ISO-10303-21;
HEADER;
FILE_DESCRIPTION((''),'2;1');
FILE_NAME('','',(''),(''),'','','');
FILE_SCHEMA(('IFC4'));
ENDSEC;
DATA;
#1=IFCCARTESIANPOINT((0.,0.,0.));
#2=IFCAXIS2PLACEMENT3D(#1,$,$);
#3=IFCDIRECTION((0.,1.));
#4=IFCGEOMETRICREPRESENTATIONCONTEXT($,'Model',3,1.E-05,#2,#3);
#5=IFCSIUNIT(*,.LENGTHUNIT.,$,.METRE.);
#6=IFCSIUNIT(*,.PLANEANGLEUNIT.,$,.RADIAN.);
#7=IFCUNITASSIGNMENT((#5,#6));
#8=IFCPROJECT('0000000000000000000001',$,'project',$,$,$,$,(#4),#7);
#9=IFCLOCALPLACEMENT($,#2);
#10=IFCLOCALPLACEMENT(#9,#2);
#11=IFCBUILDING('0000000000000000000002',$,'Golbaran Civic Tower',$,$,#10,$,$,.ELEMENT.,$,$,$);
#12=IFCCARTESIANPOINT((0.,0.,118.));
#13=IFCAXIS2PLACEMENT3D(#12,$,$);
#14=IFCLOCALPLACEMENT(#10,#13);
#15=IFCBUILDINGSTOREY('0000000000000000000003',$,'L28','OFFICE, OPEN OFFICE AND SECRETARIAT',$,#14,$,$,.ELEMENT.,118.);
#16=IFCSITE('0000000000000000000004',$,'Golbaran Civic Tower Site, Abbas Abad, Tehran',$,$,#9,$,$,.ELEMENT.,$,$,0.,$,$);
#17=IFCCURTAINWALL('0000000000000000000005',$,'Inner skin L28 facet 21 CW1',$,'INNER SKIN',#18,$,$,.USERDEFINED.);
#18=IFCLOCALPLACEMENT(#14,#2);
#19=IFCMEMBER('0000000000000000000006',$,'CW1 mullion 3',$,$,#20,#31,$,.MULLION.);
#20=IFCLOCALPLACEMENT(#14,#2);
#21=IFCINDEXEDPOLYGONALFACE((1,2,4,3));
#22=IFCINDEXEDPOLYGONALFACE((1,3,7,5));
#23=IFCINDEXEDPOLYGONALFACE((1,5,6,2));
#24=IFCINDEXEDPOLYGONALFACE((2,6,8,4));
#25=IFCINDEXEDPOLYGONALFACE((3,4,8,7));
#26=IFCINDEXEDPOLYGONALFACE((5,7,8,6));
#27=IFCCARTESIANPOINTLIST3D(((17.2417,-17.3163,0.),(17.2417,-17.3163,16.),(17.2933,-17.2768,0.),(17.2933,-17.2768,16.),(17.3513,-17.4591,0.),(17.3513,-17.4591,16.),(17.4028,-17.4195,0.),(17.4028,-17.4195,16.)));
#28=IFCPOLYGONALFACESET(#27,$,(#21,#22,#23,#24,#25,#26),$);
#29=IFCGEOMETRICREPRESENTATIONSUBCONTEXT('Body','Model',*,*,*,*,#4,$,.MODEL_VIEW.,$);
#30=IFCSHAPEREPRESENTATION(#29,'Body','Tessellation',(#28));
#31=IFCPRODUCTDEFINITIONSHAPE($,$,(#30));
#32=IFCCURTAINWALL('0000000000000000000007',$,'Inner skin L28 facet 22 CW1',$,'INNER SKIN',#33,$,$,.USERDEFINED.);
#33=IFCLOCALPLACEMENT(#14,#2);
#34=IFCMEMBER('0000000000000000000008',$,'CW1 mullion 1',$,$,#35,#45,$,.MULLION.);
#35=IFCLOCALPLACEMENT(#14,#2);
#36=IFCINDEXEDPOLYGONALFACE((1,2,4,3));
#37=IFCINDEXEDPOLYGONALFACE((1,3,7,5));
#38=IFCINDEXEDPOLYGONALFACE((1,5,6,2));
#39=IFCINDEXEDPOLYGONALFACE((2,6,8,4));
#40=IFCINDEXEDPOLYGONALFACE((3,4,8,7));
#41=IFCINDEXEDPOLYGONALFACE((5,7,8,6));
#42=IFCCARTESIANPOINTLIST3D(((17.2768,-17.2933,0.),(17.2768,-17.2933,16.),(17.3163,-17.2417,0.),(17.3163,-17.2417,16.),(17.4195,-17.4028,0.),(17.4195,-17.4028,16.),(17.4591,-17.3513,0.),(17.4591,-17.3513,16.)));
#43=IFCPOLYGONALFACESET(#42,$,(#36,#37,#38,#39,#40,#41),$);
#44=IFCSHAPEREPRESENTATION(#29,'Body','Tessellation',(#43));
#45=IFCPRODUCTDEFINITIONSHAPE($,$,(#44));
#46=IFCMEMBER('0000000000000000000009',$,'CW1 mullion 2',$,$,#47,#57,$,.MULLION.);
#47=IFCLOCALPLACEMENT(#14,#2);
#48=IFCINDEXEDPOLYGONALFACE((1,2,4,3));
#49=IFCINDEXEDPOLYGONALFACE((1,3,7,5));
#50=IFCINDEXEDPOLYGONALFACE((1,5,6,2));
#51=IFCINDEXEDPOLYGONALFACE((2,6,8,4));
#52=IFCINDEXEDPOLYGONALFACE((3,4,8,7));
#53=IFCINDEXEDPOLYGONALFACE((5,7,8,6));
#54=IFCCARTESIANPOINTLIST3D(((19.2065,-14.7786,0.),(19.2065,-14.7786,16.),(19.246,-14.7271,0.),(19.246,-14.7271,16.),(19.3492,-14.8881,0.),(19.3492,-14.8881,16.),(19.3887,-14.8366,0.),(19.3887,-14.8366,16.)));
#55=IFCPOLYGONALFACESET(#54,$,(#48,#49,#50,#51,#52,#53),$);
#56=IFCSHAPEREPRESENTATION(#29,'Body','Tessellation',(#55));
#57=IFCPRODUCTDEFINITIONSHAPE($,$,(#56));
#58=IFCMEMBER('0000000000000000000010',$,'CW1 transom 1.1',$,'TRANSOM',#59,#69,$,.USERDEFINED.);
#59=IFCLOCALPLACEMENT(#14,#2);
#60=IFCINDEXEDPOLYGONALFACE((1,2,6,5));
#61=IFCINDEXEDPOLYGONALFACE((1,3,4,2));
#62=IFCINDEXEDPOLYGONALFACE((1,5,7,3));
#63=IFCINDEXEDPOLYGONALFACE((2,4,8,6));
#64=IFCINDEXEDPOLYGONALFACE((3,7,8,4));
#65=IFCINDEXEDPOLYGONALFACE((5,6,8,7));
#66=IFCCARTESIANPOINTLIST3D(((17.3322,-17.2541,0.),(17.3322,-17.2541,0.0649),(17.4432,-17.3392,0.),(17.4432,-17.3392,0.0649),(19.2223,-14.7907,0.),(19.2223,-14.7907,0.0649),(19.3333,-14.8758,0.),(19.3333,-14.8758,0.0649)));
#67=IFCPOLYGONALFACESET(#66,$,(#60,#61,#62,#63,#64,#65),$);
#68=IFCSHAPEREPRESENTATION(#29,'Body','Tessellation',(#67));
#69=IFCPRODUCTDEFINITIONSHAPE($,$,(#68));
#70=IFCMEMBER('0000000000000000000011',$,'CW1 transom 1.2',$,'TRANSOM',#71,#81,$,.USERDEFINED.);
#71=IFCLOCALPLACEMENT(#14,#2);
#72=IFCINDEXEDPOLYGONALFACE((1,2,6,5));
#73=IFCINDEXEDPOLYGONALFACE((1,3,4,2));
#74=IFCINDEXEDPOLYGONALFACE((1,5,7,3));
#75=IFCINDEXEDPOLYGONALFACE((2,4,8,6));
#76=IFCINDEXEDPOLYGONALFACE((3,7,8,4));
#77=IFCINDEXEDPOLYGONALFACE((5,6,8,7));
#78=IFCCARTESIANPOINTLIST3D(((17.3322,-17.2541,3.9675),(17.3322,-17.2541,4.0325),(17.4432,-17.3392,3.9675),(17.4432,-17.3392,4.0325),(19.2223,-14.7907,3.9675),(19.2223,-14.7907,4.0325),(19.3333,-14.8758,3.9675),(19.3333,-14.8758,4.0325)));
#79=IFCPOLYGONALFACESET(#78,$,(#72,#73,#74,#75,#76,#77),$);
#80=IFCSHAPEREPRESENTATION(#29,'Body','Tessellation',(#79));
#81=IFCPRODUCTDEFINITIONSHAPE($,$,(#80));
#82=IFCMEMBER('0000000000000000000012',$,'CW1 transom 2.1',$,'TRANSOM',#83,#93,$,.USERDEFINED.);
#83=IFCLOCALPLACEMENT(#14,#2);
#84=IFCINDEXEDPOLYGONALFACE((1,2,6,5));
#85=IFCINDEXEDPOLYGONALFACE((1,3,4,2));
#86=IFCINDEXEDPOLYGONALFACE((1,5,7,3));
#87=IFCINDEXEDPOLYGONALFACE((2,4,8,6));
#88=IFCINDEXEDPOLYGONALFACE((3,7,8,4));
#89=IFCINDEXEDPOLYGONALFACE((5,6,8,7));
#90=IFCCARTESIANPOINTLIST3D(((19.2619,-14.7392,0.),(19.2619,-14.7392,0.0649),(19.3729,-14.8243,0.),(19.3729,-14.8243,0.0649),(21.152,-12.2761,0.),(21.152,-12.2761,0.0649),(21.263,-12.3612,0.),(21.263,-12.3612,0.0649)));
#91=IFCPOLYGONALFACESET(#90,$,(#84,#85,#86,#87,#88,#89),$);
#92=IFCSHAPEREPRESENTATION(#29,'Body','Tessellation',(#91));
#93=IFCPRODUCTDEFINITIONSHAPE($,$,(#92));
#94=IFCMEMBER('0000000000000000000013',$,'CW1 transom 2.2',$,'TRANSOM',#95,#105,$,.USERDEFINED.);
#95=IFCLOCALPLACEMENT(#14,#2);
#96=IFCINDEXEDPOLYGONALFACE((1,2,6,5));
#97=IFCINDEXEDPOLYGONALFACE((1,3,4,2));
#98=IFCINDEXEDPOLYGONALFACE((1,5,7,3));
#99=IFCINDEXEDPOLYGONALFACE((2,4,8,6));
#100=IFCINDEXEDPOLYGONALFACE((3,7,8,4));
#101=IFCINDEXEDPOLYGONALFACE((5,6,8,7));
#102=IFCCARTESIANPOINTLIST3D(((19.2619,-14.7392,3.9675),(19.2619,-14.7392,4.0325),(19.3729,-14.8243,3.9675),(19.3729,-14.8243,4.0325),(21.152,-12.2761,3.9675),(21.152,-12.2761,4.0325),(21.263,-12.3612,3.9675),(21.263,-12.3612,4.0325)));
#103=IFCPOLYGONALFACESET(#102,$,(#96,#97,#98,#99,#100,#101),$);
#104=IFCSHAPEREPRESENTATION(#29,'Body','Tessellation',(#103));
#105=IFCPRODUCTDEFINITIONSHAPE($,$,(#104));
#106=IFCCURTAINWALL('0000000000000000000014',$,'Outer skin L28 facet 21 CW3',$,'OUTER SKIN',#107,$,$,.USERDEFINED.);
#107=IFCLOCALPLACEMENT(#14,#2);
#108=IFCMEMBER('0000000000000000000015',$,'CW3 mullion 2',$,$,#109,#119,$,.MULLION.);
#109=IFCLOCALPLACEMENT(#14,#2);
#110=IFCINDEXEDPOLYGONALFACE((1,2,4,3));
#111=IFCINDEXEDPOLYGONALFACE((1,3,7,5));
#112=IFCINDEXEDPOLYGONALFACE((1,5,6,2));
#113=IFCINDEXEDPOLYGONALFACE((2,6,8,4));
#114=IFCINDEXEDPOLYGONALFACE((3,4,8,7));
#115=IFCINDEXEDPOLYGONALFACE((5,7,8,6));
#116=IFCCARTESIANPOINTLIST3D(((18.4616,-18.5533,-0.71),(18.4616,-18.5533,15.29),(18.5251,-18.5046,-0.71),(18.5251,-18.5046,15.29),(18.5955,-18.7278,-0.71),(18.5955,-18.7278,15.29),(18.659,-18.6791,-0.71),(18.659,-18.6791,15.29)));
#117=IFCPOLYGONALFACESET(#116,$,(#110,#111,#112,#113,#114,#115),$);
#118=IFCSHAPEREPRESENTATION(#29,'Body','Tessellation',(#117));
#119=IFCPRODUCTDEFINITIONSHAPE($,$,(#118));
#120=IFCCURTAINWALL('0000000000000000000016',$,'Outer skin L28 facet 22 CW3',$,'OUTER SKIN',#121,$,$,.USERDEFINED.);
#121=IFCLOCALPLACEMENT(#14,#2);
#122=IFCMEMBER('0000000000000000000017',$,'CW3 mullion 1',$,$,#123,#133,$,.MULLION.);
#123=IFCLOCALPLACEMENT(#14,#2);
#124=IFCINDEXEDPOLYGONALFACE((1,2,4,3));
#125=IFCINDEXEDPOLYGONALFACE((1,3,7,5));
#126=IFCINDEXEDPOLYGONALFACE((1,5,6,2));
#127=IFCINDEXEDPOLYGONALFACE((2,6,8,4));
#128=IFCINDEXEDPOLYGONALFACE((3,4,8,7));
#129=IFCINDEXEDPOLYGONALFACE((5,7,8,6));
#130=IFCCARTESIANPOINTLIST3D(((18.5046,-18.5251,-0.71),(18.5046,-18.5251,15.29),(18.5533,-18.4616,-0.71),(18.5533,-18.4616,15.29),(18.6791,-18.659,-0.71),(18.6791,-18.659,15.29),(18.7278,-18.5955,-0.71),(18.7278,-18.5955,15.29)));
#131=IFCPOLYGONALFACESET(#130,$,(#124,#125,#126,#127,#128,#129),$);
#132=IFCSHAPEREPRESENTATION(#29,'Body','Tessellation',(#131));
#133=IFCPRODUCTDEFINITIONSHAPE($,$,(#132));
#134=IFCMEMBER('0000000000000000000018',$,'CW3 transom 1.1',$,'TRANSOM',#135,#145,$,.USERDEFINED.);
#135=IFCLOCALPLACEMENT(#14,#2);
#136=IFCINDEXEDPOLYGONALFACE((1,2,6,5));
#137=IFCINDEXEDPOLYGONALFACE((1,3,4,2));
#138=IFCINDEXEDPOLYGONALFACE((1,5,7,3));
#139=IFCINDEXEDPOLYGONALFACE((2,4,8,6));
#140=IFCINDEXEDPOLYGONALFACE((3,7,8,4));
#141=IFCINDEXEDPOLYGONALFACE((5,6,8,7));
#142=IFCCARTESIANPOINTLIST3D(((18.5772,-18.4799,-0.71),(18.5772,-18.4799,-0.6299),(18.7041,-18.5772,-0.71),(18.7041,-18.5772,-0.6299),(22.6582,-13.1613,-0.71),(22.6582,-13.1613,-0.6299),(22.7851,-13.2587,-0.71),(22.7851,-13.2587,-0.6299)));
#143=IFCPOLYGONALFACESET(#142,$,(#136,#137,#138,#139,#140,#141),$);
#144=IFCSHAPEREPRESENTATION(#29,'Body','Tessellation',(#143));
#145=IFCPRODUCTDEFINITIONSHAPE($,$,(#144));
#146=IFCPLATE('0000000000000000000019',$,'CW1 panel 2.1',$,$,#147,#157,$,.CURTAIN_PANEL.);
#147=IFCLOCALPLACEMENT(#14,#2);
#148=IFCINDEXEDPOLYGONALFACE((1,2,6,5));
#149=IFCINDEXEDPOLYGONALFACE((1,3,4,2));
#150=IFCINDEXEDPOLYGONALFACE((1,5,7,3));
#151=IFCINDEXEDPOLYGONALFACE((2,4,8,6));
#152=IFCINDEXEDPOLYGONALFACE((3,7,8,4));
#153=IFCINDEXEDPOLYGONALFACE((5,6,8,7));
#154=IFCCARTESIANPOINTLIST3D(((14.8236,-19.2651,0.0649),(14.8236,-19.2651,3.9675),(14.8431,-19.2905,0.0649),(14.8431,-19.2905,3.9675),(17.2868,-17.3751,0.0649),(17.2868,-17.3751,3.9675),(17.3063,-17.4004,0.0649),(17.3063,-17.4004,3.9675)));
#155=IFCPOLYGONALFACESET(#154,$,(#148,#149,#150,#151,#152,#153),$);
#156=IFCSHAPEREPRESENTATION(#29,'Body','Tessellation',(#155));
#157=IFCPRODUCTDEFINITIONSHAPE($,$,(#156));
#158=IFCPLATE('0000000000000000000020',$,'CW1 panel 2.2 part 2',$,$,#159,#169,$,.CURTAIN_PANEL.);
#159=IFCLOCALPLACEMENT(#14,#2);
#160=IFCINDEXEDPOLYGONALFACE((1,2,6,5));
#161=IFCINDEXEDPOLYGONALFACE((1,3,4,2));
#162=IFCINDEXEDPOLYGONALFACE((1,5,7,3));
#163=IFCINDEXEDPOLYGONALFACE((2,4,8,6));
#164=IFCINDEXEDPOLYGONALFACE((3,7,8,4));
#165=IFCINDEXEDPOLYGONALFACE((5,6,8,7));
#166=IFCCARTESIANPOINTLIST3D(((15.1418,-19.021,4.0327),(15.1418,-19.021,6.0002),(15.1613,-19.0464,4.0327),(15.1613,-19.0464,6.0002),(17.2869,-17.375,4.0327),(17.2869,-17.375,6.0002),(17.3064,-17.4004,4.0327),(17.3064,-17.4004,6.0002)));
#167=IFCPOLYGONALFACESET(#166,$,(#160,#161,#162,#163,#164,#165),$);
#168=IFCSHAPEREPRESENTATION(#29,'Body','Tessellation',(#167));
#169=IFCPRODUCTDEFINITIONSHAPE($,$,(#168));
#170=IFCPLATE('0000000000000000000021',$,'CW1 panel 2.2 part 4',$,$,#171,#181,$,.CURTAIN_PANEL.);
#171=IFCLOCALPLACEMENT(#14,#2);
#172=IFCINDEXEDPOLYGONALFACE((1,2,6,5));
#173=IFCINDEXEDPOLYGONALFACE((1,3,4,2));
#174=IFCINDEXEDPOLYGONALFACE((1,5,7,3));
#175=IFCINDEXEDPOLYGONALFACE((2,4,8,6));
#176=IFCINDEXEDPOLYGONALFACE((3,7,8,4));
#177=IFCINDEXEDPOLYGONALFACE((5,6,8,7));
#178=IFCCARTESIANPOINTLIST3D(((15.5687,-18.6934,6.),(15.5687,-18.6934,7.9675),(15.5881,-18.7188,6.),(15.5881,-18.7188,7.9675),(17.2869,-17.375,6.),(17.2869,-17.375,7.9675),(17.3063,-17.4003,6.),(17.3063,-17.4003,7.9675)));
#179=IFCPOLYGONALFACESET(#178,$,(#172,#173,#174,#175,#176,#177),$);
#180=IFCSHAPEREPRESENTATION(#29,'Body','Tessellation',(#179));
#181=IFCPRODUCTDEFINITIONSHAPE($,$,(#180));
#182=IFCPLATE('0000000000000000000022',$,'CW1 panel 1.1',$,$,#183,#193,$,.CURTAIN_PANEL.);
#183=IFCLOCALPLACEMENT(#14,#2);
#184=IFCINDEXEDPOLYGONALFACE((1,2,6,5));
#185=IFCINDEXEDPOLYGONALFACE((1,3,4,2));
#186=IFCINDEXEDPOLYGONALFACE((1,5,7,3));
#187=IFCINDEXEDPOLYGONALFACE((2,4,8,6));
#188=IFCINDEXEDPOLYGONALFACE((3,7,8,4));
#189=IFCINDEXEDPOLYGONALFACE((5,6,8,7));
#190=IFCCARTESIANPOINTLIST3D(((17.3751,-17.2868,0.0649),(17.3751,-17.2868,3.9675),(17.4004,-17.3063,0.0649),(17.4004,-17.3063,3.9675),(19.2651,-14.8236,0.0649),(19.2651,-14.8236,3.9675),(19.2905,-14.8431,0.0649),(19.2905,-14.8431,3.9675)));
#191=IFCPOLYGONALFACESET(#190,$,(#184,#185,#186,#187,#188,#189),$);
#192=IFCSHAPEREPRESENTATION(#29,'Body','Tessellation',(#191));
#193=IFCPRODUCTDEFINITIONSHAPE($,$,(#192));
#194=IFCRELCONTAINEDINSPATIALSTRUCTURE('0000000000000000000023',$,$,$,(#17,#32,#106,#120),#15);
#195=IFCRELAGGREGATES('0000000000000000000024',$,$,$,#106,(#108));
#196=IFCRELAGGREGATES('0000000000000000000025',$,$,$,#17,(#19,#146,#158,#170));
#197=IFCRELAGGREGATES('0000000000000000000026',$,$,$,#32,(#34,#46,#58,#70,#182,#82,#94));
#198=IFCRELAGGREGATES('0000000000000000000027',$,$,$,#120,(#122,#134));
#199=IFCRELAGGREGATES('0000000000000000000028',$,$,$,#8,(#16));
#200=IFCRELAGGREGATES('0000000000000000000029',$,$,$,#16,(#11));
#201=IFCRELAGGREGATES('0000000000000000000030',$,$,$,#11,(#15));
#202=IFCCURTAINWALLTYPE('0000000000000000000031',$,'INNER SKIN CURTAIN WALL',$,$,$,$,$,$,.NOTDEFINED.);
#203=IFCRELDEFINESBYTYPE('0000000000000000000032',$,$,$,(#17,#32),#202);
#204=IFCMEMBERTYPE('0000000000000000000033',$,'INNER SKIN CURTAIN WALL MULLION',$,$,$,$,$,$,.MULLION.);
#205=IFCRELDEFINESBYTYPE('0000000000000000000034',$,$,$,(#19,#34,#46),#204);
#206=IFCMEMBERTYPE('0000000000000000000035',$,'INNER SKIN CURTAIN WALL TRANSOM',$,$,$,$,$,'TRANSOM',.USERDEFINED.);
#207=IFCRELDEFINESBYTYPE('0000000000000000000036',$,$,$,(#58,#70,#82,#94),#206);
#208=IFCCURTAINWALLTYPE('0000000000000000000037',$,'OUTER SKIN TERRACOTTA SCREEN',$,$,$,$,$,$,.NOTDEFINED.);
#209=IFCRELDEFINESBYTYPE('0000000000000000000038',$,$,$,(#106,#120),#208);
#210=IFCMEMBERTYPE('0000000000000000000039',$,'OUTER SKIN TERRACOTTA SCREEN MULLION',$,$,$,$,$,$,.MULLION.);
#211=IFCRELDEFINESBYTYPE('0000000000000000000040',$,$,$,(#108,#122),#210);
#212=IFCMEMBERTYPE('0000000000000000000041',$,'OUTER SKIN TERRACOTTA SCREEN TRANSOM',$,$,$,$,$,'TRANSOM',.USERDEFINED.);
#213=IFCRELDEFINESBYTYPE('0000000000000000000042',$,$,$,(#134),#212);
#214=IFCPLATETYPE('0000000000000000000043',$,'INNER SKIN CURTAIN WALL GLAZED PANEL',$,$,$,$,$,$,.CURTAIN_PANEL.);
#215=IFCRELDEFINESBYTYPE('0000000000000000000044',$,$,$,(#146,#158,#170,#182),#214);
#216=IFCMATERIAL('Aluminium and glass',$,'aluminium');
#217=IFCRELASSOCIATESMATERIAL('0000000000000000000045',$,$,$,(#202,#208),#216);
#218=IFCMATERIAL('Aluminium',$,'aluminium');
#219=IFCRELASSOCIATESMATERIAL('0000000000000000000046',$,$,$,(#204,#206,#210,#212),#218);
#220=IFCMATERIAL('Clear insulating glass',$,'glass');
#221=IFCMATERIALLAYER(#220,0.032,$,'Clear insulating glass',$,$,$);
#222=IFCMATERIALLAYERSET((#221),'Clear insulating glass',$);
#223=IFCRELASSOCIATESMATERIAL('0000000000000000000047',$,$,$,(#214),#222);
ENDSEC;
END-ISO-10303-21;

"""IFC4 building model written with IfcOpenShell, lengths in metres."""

from ifc_helpers import new_model, si_unit, direction, frame, origin, origin_2d, place, context, subcontext, project, spatial, rectangle, extrude, material, layer, layer_set, material_profile, profile_set, type_object, element, aggregate, save


model = new_model("IFC4")

# Units and contexts
model_context = context("Model", 3, precision=1e-05, world=origin(), true_north=direction((0.0, 1.0)))
body_context = subcontext(model_context, "Body", "Model", "MODEL_VIEW")
ifc_project = project(units=[si_unit("LENGTHUNIT", "METRE"), si_unit("PLANEANGLEUNIT", "RADIAN")], contexts=[model_context])

# Site, building, storey
site_placement = place(None, origin())
site = spatial("IfcSite", under=ifc_project, at=site_placement, Name="Golbaran Civic Tower Site, Abbas Abad, Tehran", CompositionType="ELEMENT", RefElevation=0.0)
building_placement = place(site_placement, origin())
building = spatial("IfcBuilding", under=site, at=building_placement, Name="Golbaran Civic Tower", CompositionType="ELEMENT")
storey_placement = place(building_placement, frame((0.0, 0.0, 118.0)))
storey = spatial("IfcBuildingStorey", under=building, at=storey_placement, Name="L28", Description="OFFICE, OPEN OFFICE AND SECRETARIAT", CompositionType="ELEMENT", Elevation=118.0)

# Curtain wall, member
ifc_material_1 = material(Name="Aluminium and glass", Category="aluminium")
curtain_wall_type_1 = type_object("IfcCurtainWallType", Name="INNER SKIN CURTAIN WALL", PredefinedType="NOTDEFINED", material=ifc_material_1)
curtain_wall_1_placement = place(storey_placement, origin())
curtain_wall_1 = element("IfcCurtainWall", 1, at=curtain_wall_1_placement, inside=storey, type_object=curtain_wall_type_1, Name="Inner skin L28 facet 21 CW1", ObjectType="INNER SKIN", PredefinedType="USERDEFINED")
ifc_material_2 = material(Name="Aluminium", Category="aluminium")
ifc_material_profile_1 = material_profile(ifc_material_2, rectangle(XDim=0.1799, YDim=0.0649, at=origin_2d()), Name="INNER SKIN CURTAIN WALL MULLION")
ifc_profile_set_1 = profile_set([ifc_material_profile_1], Name="Aluminium")
member_type_1 = type_object("IfcMemberType", Name="INNER SKIN CURTAIN WALL MULLION", PredefinedType="MULLION", material=ifc_profile_set_1)
member_1_placement = place(storey_placement, frame((17.3223, -17.3679, 0.0), z_axis=(0.0, 0.0, 1.0), x_axis=(-0.608761, 0.793353, 0.0)))
member_1 = element("IfcMember", 2, at=member_1_placement, type_object=member_type_1, Name="CW1 mullion 3", PredefinedType="MULLION", context=body_context, shape_type="SweptSolid", body=[
    extrude(rectangle(XDim=0.1799, YDim=0.0649, at=origin_2d()), origin(), (0.0, 0.0, 1.0), 16.0),
])

# Curtain wall, members
curtain_wall_2_placement = place(storey_placement, origin())
curtain_wall_2 = element("IfcCurtainWall", 3, at=curtain_wall_2_placement, inside=storey, type_object=curtain_wall_type_1, Name="Inner skin L28 facet 22 CW1", ObjectType="INNER SKIN", PredefinedType="USERDEFINED")
member_2_placement = place(storey_placement, frame((17.3679, -17.3223, 0.0), z_axis=(0.0, 0.0, 1.0), x_axis=(-0.793353, 0.608761, 0.0)))
member_2 = element("IfcMember", 4, at=member_2_placement, type_object=member_type_1, Name="CW1 mullion 1", PredefinedType="MULLION", context=body_context, shape_type="SweptSolid", body=[
    extrude(rectangle(XDim=0.1799, YDim=0.0649, at=origin_2d()), origin(), (0.0, 0.0, 1.0), 16.0),
])
member_3_placement = place(storey_placement, frame((19.2976, -14.8076, 0.0), z_axis=(0.0, 0.0, 1.0), x_axis=(-0.793353, 0.608761, 0.0)))
member_3 = element("IfcMember", 5, at=member_3_placement, type_object=member_type_1, Name="CW1 mullion 2", PredefinedType="MULLION", context=body_context, shape_type="SweptSolid", body=[
    extrude(rectangle(XDim=0.1799, YDim=0.0649, at=origin_2d()), origin(), (0.0, 0.0, 1.0), 16.0),
])
ifc_material_profile_2 = material_profile(ifc_material_2, rectangle(XDim=0.1399, YDim=0.0649, at=origin_2d()), Name="INNER SKIN CURTAIN WALL TRANSOM")
ifc_profile_set_2 = profile_set([ifc_material_profile_2], Name="Aluminium")
member_type_2 = type_object("IfcMemberType", Name="INNER SKIN CURTAIN WALL TRANSOM", ElementType="TRANSOM", PredefinedType="USERDEFINED", material=ifc_profile_set_2)
member_4_placement = place(storey_placement, frame((17.3877, -17.2966, 0.0325), z_axis=(0.608745, 0.793366, 0.0), x_axis=(-0.793366, 0.608745, 0.0)))
member_4 = element("IfcMember", 6, at=member_4_placement, type_object=member_type_2, Name="CW1 transom 1.1", ObjectType="TRANSOM", PredefinedType="USERDEFINED", context=body_context, shape_type="SweptSolid", body=[
    extrude(rectangle(XDim=0.1399, YDim=0.0649, at=origin_2d()), origin(), (0.0, 0.0, 1.0), 3.105),
])
member_5_placement = place(storey_placement, frame((17.3877, -17.2966, 4.0), z_axis=(0.608745, 0.793366, 0.0), x_axis=(-0.793366, 0.608745, 0.0)))
member_5 = element("IfcMember", 7, at=member_5_placement, type_object=member_type_2, Name="CW1 transom 1.2", ObjectType="TRANSOM", PredefinedType="USERDEFINED", context=body_context, shape_type="SweptSolid", body=[
    extrude(rectangle(XDim=0.1399, YDim=0.0649, at=origin_2d()), origin(), (0.0, 0.0, 1.0), 3.105),
])
member_6_placement = place(storey_placement, frame((19.3174, -14.7817, 0.0325), z_axis=(0.608783, 0.793337, 0.0), x_axis=(-0.793337, 0.608783, 0.0)))
member_6 = element("IfcMember", 8, at=member_6_placement, type_object=member_type_2, Name="CW1 transom 2.1", ObjectType="TRANSOM", PredefinedType="USERDEFINED", context=body_context, shape_type="SweptSolid", body=[
    extrude(rectangle(XDim=0.1399, YDim=0.0649, at=origin_2d()), origin(), (0.0, 0.0, 1.0), 3.1047),
])
member_7_placement = place(storey_placement, frame((19.3174, -14.7817, 4.0), z_axis=(0.608783, 0.793337, 0.0), x_axis=(-0.793337, 0.608783, 0.0)))
member_7 = element("IfcMember", 9, at=member_7_placement, type_object=member_type_2, Name="CW1 transom 2.2", ObjectType="TRANSOM", PredefinedType="USERDEFINED", context=body_context, shape_type="SweptSolid", body=[
    extrude(rectangle(XDim=0.1399, YDim=0.0649, at=origin_2d()), origin(), (0.0, 0.0, 1.0), 3.1047),
])

# Curtain wall, member
curtain_wall_type_2 = type_object("IfcCurtainWallType", Name="OUTER SKIN TERRACOTTA SCREEN", PredefinedType="NOTDEFINED", material=ifc_material_1)
curtain_wall_3_placement = place(storey_placement, origin())
curtain_wall_3 = element("IfcCurtainWall", 10, at=curtain_wall_3_placement, inside=storey, type_object=curtain_wall_type_2, Name="Outer skin L28 facet 21 CW3", ObjectType="OUTER SKIN", PredefinedType="USERDEFINED")
ifc_material_profile_3 = material_profile(ifc_material_2, rectangle(XDim=0.22, YDim=0.0801, at=origin_2d()), Name="OUTER SKIN TERRACOTTA SCREEN MULLION")
ifc_profile_set_3 = profile_set([ifc_material_profile_3], Name="Aluminium")
member_type_3 = type_object("IfcMemberType", Name="OUTER SKIN TERRACOTTA SCREEN MULLION", PredefinedType="MULLION", material=ifc_profile_set_3)
member_8_placement = place(storey_placement, frame((18.5603, -18.6162, -0.71), z_axis=(0.0, 0.0, 1.0), x_axis=(-0.608761, 0.793353, 0.0)))
member_8 = element("IfcMember", 11, at=member_8_placement, type_object=member_type_3, Name="CW3 mullion 2", PredefinedType="MULLION", context=body_context, shape_type="SweptSolid", body=[
    extrude(rectangle(XDim=0.22, YDim=0.0801, at=origin_2d()), origin(), (0.0, 0.0, 1.0), 16.0),
])
aggregate(curtain_wall_3, [member_8])

# Curtain wall, members
curtain_wall_4_placement = place(storey_placement, origin())
curtain_wall_4 = element("IfcCurtainWall", 12, at=curtain_wall_4_placement, inside=storey, type_object=curtain_wall_type_2, Name="Outer skin L28 facet 22 CW3", ObjectType="OUTER SKIN", PredefinedType="USERDEFINED")
member_9_placement = place(storey_placement, frame((18.6162, -18.5603, -0.71), z_axis=(0.0, 0.0, 1.0), x_axis=(-0.793353, 0.608761, 0.0)))
member_9 = element("IfcMember", 13, at=member_9_placement, type_object=member_type_3, Name="CW3 mullion 1", PredefinedType="MULLION", context=body_context, shape_type="SweptSolid", body=[
    extrude(rectangle(XDim=0.22, YDim=0.0801, at=origin_2d()), origin(), (0.0, 0.0, 1.0), 16.0),
])
ifc_material_profile_4 = material_profile(ifc_material_2, rectangle(XDim=0.1599, YDim=0.0801, at=origin_2d()), Name="OUTER SKIN TERRACOTTA SCREEN TRANSOM")
ifc_profile_set_4 = profile_set([ifc_material_profile_4], Name="Aluminium")
member_type_4 = type_object("IfcMemberType", Name="OUTER SKIN TERRACOTTA SCREEN TRANSOM", ElementType="TRANSOM", PredefinedType="USERDEFINED", material=ifc_profile_set_4)
member_10_placement = place(storey_placement, frame((18.6406, -18.5286, -0.6699), z_axis=(0.608756, 0.793357, 0.0), x_axis=(-0.793357, 0.608756, 0.0)))
member_10 = element("IfcMember", 14, at=member_10_placement, type_object=member_type_4, Name="CW3 transom 1.1", ObjectType="TRANSOM", PredefinedType="USERDEFINED", context=body_context, shape_type="SweptSolid", body=[
    extrude(rectangle(XDim=0.1599, YDim=0.0801, at=origin_2d()), origin(), (0.0, 0.0, 1.0), 6.7039),
])

# Plates
ifc_material_3 = material(Name="Clear insulating glass", Category="glass")
ifc_layer_1 = layer(ifc_material_3, 0.032, Name="Clear insulating glass")
ifc_layer_set_1 = layer_set([ifc_layer_1], Name="Clear insulating glass")
plate_type_1 = type_object("IfcPlateType", Name="INNER SKIN CURTAIN WALL GLAZED PANEL", PredefinedType="CURTAIN_PANEL", material=ifc_layer_set_1)
plate_1_placement = place(storey_placement, frame((16.0649, -18.3328, 0.0649), z_axis=(0.0, 0.0, 1.0), x_axis=(0.793353, 0.608761, 0.0)))
plate_1 = element("IfcPlate", 15, at=plate_1_placement, type_object=plate_type_1, Name="CW1 panel 2.1", PredefinedType="CURTAIN_PANEL", context=body_context, shape_type="SweptSolid", body=[
    extrude(rectangle(XDim=3.1047, YDim=0.032, at=origin_2d()), origin(), (0.0, 0.0, 1.0), 3.9026),
])
plate_2_placement = place(storey_placement, frame((16.2241, -18.2107, 4.0327), z_axis=(0.0, 0.0, 1.0), x_axis=(0.793353, 0.608761, 0.0)))
plate_2 = element("IfcPlate", 16, at=plate_2_placement, type_object=plate_type_1, Name="CW1 panel 2.2 part 2", PredefinedType="CURTAIN_PANEL", context=body_context, shape_type="SweptSolid", body=[
    extrude(rectangle(XDim=2.7039, YDim=0.032, at=origin_2d()), origin(), (0.0, 0.0, 1.0), 1.9675),
])
plate_3_placement = place(storey_placement, frame((16.4375, -18.0469, 6.0), z_axis=(0.0, 0.0, 1.0), x_axis=(0.793353, 0.608761, 0.0)))
plate_3 = element("IfcPlate", 17, at=plate_3_placement, type_object=plate_type_1, Name="CW1 panel 2.2 part 4", PredefinedType="CURTAIN_PANEL", context=body_context, shape_type="SweptSolid", body=[
    extrude(rectangle(XDim=2.1658, YDim=0.032, at=origin_2d()), origin(), (0.0, 0.0, 1.0), 1.9675),
])
aggregate(curtain_wall_1, [member_1, plate_1, plate_2, plate_3])
plate_4_placement = place(storey_placement, frame((18.3328, -16.0649, 0.0649), z_axis=(0.0, 0.0, 1.0), x_axis=(0.608761, 0.793353, 0.0)))
plate_4 = element("IfcPlate", 18, at=plate_4_placement, type_object=plate_type_1, Name="CW1 panel 1.1", PredefinedType="CURTAIN_PANEL", context=body_context, shape_type="SweptSolid", body=[
    extrude(rectangle(XDim=3.1047, YDim=0.032, at=origin_2d()), origin(), (0.0, 0.0, 1.0), 3.9026),
])
aggregate(curtain_wall_2, [member_2, member_3, member_4, member_5, plate_4, member_6, member_7])
aggregate(curtain_wall_4, [member_9, member_10])

save(model, "model.ifc")
